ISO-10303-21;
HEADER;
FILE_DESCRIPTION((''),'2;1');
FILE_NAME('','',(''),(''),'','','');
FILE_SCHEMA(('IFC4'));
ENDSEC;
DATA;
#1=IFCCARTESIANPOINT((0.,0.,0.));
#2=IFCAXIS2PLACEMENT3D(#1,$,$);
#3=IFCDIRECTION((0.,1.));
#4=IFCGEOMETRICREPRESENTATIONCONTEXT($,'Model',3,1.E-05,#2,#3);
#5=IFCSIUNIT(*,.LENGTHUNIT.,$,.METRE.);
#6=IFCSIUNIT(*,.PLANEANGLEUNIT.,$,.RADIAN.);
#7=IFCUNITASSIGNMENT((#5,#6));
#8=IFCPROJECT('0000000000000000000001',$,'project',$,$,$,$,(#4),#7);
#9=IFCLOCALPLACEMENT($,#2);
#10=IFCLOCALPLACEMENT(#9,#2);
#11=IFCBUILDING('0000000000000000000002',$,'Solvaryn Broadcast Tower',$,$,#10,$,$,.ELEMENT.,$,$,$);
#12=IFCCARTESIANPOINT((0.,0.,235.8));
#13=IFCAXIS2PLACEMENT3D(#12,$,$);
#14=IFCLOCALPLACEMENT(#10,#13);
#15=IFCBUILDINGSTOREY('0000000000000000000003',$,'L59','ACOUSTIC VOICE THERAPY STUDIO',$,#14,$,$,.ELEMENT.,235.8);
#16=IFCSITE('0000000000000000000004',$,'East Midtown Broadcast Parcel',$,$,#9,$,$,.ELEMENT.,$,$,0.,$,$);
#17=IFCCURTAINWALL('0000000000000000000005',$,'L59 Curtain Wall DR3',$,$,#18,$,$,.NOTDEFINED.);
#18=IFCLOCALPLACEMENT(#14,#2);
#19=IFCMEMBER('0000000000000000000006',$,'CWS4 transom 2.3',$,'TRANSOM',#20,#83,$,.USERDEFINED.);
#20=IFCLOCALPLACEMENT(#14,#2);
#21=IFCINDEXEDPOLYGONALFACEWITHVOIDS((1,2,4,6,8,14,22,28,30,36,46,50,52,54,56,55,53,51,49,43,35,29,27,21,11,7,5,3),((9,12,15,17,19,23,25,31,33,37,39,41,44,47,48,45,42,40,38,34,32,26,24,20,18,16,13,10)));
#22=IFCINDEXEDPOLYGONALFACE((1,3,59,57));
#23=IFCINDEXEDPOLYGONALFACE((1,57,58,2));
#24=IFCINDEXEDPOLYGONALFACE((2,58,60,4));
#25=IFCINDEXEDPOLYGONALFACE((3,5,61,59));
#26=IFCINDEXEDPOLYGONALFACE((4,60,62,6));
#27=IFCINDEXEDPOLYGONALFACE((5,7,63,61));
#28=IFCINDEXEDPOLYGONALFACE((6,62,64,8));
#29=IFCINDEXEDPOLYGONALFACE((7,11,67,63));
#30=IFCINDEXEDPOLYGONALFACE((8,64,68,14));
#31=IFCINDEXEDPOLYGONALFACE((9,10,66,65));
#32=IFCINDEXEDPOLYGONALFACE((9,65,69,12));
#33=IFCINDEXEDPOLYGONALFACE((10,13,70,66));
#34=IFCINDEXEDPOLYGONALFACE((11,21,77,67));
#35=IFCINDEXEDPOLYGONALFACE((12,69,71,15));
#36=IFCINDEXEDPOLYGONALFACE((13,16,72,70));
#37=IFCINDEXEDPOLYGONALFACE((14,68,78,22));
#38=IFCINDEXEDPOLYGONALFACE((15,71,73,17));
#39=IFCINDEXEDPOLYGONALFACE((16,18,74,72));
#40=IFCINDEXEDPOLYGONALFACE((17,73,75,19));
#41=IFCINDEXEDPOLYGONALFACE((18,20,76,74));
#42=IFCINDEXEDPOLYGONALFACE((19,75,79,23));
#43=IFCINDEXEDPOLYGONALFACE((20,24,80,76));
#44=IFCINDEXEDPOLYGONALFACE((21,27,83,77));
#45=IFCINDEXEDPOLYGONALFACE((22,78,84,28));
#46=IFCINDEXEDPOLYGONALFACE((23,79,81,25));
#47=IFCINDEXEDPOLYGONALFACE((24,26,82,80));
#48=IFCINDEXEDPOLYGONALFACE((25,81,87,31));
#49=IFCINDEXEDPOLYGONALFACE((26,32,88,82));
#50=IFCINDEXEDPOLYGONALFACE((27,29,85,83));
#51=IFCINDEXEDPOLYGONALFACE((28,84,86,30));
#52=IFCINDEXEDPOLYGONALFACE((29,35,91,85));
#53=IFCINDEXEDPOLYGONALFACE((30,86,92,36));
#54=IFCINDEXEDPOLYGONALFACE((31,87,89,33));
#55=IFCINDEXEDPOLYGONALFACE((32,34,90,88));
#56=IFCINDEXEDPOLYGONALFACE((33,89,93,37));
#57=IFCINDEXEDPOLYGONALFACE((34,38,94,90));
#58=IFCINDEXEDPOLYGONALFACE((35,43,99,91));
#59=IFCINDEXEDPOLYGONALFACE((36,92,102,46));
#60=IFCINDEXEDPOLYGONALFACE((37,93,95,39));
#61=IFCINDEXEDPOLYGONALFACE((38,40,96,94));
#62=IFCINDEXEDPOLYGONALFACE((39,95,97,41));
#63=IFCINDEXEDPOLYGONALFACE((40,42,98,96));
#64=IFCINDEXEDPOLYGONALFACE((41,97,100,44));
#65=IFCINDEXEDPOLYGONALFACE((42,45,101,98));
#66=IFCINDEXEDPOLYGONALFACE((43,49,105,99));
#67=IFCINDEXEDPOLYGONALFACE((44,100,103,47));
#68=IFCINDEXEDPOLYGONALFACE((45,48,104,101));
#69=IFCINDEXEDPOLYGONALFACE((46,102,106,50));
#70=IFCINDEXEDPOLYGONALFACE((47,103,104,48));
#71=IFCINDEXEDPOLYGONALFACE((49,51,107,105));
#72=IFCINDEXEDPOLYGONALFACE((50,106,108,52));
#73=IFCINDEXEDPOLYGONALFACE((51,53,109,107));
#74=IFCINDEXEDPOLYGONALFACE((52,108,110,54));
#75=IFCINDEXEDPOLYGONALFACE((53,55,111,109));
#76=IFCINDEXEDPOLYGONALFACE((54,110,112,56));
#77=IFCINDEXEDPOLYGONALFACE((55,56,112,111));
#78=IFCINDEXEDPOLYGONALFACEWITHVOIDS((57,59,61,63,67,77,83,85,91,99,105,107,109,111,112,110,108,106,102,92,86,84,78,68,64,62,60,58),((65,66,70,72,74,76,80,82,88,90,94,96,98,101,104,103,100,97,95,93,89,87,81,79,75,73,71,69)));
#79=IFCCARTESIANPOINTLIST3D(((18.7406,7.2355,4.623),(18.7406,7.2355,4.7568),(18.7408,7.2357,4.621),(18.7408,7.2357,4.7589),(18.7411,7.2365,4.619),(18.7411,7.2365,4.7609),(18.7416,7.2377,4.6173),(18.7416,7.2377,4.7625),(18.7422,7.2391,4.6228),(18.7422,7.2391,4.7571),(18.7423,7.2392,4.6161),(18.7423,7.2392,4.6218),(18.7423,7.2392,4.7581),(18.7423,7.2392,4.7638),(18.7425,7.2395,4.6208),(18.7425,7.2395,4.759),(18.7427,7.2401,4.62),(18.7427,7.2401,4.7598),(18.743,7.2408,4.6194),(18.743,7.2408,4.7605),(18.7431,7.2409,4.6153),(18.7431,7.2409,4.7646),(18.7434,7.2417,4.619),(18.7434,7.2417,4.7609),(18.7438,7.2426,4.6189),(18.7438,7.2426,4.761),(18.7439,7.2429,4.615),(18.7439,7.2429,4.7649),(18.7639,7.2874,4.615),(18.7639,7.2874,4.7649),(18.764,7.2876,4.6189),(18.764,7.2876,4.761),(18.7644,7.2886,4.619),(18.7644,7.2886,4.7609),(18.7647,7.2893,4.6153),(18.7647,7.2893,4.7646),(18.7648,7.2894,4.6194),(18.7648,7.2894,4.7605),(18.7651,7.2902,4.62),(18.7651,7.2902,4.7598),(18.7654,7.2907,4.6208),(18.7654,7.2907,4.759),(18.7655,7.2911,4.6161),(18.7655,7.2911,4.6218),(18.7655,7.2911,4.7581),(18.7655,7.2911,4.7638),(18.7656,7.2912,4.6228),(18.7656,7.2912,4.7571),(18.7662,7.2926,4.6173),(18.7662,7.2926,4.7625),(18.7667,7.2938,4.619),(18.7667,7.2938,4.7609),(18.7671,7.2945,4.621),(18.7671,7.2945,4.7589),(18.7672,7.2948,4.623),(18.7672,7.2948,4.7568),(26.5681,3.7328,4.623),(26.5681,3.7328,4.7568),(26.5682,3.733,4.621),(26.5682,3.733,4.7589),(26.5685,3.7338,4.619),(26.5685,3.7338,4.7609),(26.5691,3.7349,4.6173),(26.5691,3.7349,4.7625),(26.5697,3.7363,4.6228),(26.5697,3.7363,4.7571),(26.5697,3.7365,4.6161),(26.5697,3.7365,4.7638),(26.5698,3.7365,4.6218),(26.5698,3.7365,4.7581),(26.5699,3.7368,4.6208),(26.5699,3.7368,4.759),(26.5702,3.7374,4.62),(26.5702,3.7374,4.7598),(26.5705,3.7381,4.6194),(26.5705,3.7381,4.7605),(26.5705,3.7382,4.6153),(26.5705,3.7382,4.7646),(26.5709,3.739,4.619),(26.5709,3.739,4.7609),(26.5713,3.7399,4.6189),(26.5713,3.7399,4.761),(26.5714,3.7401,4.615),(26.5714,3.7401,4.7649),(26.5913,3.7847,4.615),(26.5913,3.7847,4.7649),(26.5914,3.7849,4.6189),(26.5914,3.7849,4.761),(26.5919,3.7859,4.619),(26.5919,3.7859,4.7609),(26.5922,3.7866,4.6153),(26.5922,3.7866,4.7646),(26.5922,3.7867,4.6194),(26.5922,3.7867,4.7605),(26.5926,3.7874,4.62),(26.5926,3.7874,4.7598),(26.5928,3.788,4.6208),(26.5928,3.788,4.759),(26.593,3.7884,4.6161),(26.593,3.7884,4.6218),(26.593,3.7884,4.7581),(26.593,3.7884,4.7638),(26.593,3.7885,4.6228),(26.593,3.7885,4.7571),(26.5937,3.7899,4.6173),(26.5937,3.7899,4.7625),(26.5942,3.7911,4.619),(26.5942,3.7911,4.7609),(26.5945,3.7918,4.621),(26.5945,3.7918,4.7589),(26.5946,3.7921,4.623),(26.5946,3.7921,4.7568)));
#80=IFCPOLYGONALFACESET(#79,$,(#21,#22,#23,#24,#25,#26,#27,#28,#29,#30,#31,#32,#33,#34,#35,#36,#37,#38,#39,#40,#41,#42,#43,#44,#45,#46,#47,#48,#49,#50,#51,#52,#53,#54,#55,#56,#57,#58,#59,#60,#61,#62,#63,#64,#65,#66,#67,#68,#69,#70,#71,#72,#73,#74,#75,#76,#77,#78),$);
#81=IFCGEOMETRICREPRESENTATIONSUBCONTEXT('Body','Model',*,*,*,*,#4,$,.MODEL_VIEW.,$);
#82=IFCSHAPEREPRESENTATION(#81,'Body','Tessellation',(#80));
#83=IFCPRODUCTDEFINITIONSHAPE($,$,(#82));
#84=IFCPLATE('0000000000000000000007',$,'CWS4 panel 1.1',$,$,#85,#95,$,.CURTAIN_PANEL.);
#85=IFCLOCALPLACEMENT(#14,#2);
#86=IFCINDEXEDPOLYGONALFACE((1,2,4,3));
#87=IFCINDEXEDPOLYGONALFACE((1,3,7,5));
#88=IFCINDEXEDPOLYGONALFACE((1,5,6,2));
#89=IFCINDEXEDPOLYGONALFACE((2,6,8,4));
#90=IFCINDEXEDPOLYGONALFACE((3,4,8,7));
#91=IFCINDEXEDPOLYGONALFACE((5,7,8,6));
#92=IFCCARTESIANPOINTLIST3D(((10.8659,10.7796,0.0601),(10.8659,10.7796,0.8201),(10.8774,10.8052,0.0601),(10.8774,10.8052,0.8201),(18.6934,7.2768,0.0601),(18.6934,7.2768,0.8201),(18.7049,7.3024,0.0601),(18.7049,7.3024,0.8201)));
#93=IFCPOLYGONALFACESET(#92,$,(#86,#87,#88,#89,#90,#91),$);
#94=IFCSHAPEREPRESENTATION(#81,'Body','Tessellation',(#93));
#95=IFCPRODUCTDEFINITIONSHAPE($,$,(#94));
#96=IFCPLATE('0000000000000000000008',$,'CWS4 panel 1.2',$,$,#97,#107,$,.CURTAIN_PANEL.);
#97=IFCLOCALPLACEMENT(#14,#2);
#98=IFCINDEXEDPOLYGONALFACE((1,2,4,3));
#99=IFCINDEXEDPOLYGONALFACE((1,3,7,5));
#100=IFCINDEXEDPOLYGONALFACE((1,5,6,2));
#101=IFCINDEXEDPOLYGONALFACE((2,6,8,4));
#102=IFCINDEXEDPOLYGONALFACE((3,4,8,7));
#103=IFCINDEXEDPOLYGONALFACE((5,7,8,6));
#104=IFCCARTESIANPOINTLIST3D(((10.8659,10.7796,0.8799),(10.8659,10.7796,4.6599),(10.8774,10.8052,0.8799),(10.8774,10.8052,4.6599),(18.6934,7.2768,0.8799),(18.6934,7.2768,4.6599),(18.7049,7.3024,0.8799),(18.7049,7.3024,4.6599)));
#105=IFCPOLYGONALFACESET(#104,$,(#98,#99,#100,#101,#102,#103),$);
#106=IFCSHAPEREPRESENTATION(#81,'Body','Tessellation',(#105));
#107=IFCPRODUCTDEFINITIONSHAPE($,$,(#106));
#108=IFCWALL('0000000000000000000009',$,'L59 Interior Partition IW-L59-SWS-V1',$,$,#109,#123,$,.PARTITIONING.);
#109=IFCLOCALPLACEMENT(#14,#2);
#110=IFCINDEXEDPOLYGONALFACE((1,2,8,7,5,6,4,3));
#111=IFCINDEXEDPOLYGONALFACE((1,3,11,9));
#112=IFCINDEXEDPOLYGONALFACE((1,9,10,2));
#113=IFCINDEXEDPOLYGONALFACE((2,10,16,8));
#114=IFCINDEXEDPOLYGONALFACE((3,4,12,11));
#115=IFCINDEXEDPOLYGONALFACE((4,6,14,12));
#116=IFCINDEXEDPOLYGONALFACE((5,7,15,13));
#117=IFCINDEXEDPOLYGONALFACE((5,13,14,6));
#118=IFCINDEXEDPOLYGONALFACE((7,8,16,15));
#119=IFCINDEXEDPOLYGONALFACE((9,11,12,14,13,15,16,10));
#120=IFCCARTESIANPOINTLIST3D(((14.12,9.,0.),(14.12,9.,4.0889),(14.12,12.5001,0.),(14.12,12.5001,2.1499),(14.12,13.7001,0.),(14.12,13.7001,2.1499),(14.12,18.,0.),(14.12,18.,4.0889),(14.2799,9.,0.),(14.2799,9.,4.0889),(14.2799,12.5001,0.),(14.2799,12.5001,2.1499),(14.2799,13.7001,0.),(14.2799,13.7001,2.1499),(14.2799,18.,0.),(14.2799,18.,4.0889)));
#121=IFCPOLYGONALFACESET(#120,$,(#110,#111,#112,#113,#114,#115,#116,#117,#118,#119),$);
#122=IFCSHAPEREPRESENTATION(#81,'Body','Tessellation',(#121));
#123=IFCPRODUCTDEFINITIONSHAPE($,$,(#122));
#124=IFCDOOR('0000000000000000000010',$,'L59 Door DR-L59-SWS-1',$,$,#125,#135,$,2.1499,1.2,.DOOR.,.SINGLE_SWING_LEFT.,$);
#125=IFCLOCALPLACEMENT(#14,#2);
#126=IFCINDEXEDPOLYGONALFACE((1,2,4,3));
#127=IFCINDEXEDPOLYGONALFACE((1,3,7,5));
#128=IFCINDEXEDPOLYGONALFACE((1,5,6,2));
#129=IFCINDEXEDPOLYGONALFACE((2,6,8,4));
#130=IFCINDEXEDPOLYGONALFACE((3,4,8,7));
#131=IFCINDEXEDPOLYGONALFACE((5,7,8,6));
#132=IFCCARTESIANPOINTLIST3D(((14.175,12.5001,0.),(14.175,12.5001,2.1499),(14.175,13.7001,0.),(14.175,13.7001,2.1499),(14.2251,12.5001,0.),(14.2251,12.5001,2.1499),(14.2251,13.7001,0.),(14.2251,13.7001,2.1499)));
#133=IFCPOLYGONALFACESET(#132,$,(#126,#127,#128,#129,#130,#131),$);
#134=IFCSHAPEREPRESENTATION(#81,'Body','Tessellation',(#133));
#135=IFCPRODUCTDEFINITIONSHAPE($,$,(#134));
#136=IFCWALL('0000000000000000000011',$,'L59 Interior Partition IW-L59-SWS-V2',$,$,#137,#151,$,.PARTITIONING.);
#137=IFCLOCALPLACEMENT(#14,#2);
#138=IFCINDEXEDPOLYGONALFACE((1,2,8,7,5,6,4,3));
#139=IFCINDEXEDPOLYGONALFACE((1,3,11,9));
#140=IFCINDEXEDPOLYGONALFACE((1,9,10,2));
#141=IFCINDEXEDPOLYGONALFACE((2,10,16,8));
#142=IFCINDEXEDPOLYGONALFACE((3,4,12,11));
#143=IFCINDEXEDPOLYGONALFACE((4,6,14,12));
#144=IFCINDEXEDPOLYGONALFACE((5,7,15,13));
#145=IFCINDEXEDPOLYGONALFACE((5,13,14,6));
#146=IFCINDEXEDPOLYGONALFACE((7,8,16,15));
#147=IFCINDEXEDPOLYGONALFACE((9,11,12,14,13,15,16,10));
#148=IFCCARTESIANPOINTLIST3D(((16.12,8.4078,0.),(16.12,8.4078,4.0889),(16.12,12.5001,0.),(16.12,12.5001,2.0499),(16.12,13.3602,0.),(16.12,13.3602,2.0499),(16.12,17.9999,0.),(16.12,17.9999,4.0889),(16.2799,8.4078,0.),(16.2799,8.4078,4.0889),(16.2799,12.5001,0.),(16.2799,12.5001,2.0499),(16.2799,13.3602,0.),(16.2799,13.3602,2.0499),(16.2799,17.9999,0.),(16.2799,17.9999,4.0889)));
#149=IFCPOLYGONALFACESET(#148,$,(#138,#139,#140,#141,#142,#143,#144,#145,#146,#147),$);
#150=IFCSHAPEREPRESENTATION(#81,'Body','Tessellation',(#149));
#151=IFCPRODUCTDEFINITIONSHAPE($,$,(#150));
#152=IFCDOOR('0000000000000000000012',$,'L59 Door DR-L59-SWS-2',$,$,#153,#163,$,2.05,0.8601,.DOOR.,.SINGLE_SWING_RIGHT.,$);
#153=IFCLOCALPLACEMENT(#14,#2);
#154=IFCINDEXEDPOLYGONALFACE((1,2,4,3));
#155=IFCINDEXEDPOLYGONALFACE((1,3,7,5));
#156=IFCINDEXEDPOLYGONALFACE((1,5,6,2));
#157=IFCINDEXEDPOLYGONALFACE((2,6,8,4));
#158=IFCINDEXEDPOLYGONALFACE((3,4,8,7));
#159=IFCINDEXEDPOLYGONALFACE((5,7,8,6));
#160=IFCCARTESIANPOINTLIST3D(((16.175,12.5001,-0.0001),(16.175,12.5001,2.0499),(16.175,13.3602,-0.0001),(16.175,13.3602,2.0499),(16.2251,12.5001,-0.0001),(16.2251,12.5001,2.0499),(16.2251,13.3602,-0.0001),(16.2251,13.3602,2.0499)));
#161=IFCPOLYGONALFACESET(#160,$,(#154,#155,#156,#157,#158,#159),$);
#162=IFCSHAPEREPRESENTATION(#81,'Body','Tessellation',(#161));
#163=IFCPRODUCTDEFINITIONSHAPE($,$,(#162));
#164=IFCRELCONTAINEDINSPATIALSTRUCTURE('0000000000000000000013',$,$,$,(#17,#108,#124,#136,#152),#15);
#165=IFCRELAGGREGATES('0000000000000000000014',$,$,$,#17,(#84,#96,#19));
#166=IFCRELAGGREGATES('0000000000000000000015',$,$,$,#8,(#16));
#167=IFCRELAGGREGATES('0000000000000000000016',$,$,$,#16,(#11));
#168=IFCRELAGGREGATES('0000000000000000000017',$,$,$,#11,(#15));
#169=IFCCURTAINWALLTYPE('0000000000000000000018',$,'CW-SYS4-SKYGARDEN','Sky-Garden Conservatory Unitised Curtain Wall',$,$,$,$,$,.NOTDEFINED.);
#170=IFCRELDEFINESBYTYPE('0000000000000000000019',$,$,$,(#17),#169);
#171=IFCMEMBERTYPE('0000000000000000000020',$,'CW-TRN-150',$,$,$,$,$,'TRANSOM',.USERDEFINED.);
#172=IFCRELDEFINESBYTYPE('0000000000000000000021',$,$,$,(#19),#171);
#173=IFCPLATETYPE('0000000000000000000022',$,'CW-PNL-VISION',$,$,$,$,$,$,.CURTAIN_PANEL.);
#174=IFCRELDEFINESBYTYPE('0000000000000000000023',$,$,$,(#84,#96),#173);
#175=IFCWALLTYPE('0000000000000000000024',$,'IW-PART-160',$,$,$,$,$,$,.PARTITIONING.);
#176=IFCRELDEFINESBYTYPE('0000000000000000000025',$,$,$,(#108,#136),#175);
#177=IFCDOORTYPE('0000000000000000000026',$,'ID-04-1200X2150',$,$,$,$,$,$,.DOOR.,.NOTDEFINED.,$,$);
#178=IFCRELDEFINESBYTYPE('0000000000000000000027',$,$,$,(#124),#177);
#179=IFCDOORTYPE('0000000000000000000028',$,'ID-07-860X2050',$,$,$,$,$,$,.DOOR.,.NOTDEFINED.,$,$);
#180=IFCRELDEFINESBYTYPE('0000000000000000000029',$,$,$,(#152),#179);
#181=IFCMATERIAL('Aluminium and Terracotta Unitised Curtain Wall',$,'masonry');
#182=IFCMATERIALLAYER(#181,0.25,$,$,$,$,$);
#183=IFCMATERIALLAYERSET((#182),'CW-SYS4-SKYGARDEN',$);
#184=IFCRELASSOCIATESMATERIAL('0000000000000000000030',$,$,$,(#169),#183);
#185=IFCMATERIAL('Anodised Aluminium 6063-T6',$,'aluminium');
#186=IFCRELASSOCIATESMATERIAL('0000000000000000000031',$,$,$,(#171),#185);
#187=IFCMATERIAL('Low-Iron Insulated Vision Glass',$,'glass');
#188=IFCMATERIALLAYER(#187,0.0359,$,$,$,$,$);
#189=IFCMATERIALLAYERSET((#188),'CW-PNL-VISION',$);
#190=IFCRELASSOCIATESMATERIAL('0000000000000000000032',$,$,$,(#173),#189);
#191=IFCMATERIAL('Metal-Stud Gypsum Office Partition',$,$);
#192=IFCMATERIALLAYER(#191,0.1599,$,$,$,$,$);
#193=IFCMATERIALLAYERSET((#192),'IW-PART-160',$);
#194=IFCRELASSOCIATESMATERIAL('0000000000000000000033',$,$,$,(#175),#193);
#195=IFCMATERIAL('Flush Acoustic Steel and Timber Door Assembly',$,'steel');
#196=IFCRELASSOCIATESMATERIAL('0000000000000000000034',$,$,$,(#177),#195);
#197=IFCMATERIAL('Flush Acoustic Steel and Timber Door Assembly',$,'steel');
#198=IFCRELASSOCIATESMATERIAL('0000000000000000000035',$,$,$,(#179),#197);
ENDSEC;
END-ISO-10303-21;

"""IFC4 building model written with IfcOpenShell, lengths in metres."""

from ifc_helpers import new_model, si_unit, direction, frame, frame_2d, origin, origin_2d, place, context, subcontext, project, spatial, rectangle, hollow_rectangle, extrude, material, layer, layer_set, material_profile, profile_set, type_object, element, fill, aggregate, save


model = new_model("IFC4")

# Units and contexts
model_context = context("Model", 3, precision=1e-05, world=origin(), true_north=direction((0.0, 1.0)))
body_context = subcontext(model_context, "Body", "Model", "MODEL_VIEW")
ifc_project = project(units=[si_unit("LENGTHUNIT", "METRE"), si_unit("PLANEANGLEUNIT", "RADIAN")], contexts=[model_context])

# Site, building, storey
site_placement = place(None, origin())
site = spatial("IfcSite", under=ifc_project, at=site_placement, Name="East Midtown Broadcast Parcel", CompositionType="ELEMENT", RefElevation=0.0)
building_placement = place(site_placement, origin())
building = spatial("IfcBuilding", under=site, at=building_placement, Name="Solvaryn Broadcast Tower", CompositionType="ELEMENT")
storey_placement = place(building_placement, frame((0.0, 0.0, 235.8)))
storey = spatial("IfcBuildingStorey", under=building, at=storey_placement, Name="L59", Description="ACOUSTIC VOICE THERAPY STUDIO", CompositionType="ELEMENT", Elevation=235.8)

# Curtain wall, member, plates
ifc_material_1 = material(Name="Aluminium and Terracotta Unitised Curtain Wall", Category="masonry")
ifc_layer_1 = layer(ifc_material_1, 0.25)
ifc_layer_set_1 = layer_set([ifc_layer_1], Name="CW-SYS4-SKYGARDEN")
curtain_wall_type = type_object("IfcCurtainWallType", Name="CW-SYS4-SKYGARDEN", Description="Sky-Garden Conservatory Unitised Curtain Wall", PredefinedType="NOTDEFINED", material=ifc_layer_set_1)
curtain_wall_placement = place(storey_placement, origin())
curtain_wall = element("IfcCurtainWall", 1, at=curtain_wall_placement, inside=storey, type_object=curtain_wall_type, Name="L59 Curtain Wall DR3", PredefinedType="NOTDEFINED")
ifc_material_2 = material(Name="Anodised Aluminium 6063-T6", Category="aluminium")
ifc_material_profile_1 = material_profile(ifc_material_2, hollow_rectangle(XDim=0.0649, YDim=0.1499, WallThickness=0.0039, InnerFilletRadius=0.0039, OuterFilletRadius=0.0081, at=origin_2d()))
ifc_profile_set_1 = profile_set([ifc_material_profile_1], Name="Anodised Aluminium 6063-T6")
member_type_1 = type_object("IfcMemberType", Name="CW-TRN-150", ElementType="TRANSOM", PredefinedType="USERDEFINED", material=ifc_profile_set_1)
member_1_placement = place(storey_placement, frame((18.7539, 7.2651, 4.6899), z_axis=(0.912777, -0.408459, 0.0), x_axis=(0.408459, 0.912777, 0.0)))
member_1 = element("IfcMember", 2, at=member_1_placement, type_object=member_type_1, Name="CWS4 transom 2.3", ObjectType="TRANSOM", PredefinedType="USERDEFINED", context=body_context, shape_type="SweptSolid", body=[
    extrude(hollow_rectangle(XDim=0.0649, YDim=0.1499, WallThickness=0.0039, InnerFilletRadius=0.0039, OuterFilletRadius=0.0081, at=origin_2d()), origin(), (0.0, 0.0, 1.0), 8.5754),
])
ifc_material_3 = material(Name="Low-Iron Insulated Vision Glass", Category="glass")
ifc_layer_2 = layer(ifc_material_3, 0.0359)
ifc_layer_set_2 = layer_set([ifc_layer_2], Name="CW-PNL-VISION")
plate_type = type_object("IfcPlateType", Name="CW-PNL-VISION", PredefinedType="CURTAIN_PANEL", material=ifc_layer_set_2)
plate_1_placement = place(storey_placement, frame((14.7854, 9.041, 0.0601), z_axis=(0.0, 0.0, 1.0), x_axis=(0.912774, -0.408466, 0.0)))
plate_1 = element("IfcPlate", 3, at=plate_1_placement, type_object=plate_type, Name="CWS4 panel 1.1", PredefinedType="CURTAIN_PANEL", context=body_context, shape_type="SweptSolid", body=[
    extrude(rectangle(XDim=8.5754, YDim=0.0281, at=origin_2d()), origin(), (0.0, 0.0, 1.0), 0.76),
])
plate_2_placement = place(storey_placement, frame((14.7854, 9.041, 0.8799), z_axis=(0.0, 0.0, 1.0), x_axis=(0.912774, -0.408466, 0.0)))
plate_2 = element("IfcPlate", 4, at=plate_2_placement, type_object=plate_type, Name="CWS4 panel 1.2", PredefinedType="CURTAIN_PANEL", context=body_context, shape_type="SweptSolid", body=[
    extrude(rectangle(XDim=8.5754, YDim=0.0281, at=origin_2d()), origin(), (0.0, 0.0, 1.0), 3.78),
])
aggregate(curtain_wall, [plate_1, plate_2, member_1])

# Walls, openings, doors
ifc_material_4 = material(Name="Metal-Stud Gypsum Office Partition")
ifc_layer_3 = layer(ifc_material_4, 0.1599)
ifc_layer_set_3 = layer_set([ifc_layer_3], Name="IW-PART-160")
wall_type = type_object("IfcWallType", Name="IW-PART-160", PredefinedType="PARTITIONING", material=ifc_layer_set_3)
wall_1_placement = place(storey_placement, frame((14.2, 9.0, 0.0), z_axis=(0.0, 0.0, 1.0), x_axis=(0.0, 1.0, 0.0)))
wall_1 = element("IfcWall", 5, at=wall_1_placement, inside=storey, type_object=wall_type, Name="L59 Interior Partition IW-L59-SWS-V1", PredefinedType="PARTITIONING", context=body_context, shape_type="SweptSolid", body=[
    extrude(rectangle(XDim=9.0, YDim=0.1599, at=frame_2d((4.5, 0.0))), origin(), (0.0, 0.0, 1.0), 4.0889),
])
opening_1_placement = place(wall_1_placement, frame((3.5, 0.0, 0.0)))
opening_1 = element("IfcOpeningElement", 6, at=opening_1_placement, cuts=wall_1, PredefinedType="OPENING", context=body_context, shape_type="SweptSolid", body=[
    extrude(rectangle(XDim=1.2, YDim=2.1499, at=frame_2d((0.6001, 1.075))), frame((0.0, 0.0901, 0.0), z_axis=(0.0, -1.0, 0.0), x_axis=(1.0, 0.0, 0.0)), (0.0, 0.0, 1.0), 0.1799),
])
ifc_material_5 = material(Name="Flush Acoustic Steel and Timber Door Assembly", Category="steel")
door_type_1 = type_object("IfcDoorType", Name="ID-04-1200X2150", OperationType="NOTDEFINED", PredefinedType="DOOR", material=ifc_material_5)
door_1_placement = place(opening_1_placement, origin())
door_1 = element("IfcDoor", 7, at=door_1_placement, inside=storey, type_object=door_type_1, Name="L59 Door DR-L59-SWS-1", OperationType="SINGLE_SWING_LEFT", OverallHeight=2.1499, OverallWidth=1.2, PredefinedType="DOOR", context=body_context, shape_type="SweptSolid", body=[
    extrude(rectangle(XDim=1.2, YDim=2.1499, at=frame_2d((0.6001, 1.075))), frame((0.0, 0.0249, 0.0), z_axis=(0.0, -1.0, 0.0), x_axis=(1.0, 0.0, 0.0)), (0.0, 0.0, 1.0), 0.05),
])
fill(opening_1, door_1)
wall_2_placement = place(storey_placement, frame((16.2, 8.408, 0.0), z_axis=(0.0, 0.0, 1.0), x_axis=(0.0, 1.0, 0.0)))
wall_2 = element("IfcWall", 8, at=wall_2_placement, inside=storey, type_object=wall_type, Name="L59 Interior Partition IW-L59-SWS-V2", PredefinedType="PARTITIONING", context=body_context, shape_type="SweptSolid", body=[
    extrude(rectangle(XDim=9.592, YDim=0.1599, at=frame_2d((4.7959, 0.0))), origin(), (0.0, 0.0, 1.0), 4.0889),
])
opening_2_placement = place(wall_2_placement, frame((4.092, 0.0, 0.0)))
opening_2 = element("IfcOpeningElement", 9, at=opening_2_placement, cuts=wall_2, PredefinedType="OPENING", context=body_context, shape_type="SweptSolid", body=[
    extrude(rectangle(XDim=0.8601, YDim=2.05, at=frame_2d((0.4302, 1.0249))), frame((0.0, 0.0901, 0.0), z_axis=(0.0, -1.0, 0.0), x_axis=(1.0, 0.0, 0.0)), (0.0, 0.0, 1.0), 0.1799),
])
ifc_material_6 = material(Name="Flush Acoustic Steel and Timber Door Assembly", Category="steel")
door_type_2 = type_object("IfcDoorType", Name="ID-07-860X2050", OperationType="NOTDEFINED", PredefinedType="DOOR", material=ifc_material_6)
door_2_placement = place(opening_2_placement, origin())
door_2 = element("IfcDoor", 10, at=door_2_placement, inside=storey, type_object=door_type_2, Name="L59 Door DR-L59-SWS-2", OperationType="SINGLE_SWING_RIGHT", OverallHeight=2.05, OverallWidth=0.8601, PredefinedType="DOOR", context=body_context, shape_type="SweptSolid", body=[
    extrude(rectangle(XDim=0.8601, YDim=2.05, at=frame_2d((0.4302, 1.0249))), frame((0.0, 0.0249, 0.0), z_axis=(0.0, -1.0, 0.0), x_axis=(1.0, 0.0, 0.0)), (0.0, 0.0, 1.0), 0.05),
])
fill(opening_2, door_2)

save(model, "model.ifc")
